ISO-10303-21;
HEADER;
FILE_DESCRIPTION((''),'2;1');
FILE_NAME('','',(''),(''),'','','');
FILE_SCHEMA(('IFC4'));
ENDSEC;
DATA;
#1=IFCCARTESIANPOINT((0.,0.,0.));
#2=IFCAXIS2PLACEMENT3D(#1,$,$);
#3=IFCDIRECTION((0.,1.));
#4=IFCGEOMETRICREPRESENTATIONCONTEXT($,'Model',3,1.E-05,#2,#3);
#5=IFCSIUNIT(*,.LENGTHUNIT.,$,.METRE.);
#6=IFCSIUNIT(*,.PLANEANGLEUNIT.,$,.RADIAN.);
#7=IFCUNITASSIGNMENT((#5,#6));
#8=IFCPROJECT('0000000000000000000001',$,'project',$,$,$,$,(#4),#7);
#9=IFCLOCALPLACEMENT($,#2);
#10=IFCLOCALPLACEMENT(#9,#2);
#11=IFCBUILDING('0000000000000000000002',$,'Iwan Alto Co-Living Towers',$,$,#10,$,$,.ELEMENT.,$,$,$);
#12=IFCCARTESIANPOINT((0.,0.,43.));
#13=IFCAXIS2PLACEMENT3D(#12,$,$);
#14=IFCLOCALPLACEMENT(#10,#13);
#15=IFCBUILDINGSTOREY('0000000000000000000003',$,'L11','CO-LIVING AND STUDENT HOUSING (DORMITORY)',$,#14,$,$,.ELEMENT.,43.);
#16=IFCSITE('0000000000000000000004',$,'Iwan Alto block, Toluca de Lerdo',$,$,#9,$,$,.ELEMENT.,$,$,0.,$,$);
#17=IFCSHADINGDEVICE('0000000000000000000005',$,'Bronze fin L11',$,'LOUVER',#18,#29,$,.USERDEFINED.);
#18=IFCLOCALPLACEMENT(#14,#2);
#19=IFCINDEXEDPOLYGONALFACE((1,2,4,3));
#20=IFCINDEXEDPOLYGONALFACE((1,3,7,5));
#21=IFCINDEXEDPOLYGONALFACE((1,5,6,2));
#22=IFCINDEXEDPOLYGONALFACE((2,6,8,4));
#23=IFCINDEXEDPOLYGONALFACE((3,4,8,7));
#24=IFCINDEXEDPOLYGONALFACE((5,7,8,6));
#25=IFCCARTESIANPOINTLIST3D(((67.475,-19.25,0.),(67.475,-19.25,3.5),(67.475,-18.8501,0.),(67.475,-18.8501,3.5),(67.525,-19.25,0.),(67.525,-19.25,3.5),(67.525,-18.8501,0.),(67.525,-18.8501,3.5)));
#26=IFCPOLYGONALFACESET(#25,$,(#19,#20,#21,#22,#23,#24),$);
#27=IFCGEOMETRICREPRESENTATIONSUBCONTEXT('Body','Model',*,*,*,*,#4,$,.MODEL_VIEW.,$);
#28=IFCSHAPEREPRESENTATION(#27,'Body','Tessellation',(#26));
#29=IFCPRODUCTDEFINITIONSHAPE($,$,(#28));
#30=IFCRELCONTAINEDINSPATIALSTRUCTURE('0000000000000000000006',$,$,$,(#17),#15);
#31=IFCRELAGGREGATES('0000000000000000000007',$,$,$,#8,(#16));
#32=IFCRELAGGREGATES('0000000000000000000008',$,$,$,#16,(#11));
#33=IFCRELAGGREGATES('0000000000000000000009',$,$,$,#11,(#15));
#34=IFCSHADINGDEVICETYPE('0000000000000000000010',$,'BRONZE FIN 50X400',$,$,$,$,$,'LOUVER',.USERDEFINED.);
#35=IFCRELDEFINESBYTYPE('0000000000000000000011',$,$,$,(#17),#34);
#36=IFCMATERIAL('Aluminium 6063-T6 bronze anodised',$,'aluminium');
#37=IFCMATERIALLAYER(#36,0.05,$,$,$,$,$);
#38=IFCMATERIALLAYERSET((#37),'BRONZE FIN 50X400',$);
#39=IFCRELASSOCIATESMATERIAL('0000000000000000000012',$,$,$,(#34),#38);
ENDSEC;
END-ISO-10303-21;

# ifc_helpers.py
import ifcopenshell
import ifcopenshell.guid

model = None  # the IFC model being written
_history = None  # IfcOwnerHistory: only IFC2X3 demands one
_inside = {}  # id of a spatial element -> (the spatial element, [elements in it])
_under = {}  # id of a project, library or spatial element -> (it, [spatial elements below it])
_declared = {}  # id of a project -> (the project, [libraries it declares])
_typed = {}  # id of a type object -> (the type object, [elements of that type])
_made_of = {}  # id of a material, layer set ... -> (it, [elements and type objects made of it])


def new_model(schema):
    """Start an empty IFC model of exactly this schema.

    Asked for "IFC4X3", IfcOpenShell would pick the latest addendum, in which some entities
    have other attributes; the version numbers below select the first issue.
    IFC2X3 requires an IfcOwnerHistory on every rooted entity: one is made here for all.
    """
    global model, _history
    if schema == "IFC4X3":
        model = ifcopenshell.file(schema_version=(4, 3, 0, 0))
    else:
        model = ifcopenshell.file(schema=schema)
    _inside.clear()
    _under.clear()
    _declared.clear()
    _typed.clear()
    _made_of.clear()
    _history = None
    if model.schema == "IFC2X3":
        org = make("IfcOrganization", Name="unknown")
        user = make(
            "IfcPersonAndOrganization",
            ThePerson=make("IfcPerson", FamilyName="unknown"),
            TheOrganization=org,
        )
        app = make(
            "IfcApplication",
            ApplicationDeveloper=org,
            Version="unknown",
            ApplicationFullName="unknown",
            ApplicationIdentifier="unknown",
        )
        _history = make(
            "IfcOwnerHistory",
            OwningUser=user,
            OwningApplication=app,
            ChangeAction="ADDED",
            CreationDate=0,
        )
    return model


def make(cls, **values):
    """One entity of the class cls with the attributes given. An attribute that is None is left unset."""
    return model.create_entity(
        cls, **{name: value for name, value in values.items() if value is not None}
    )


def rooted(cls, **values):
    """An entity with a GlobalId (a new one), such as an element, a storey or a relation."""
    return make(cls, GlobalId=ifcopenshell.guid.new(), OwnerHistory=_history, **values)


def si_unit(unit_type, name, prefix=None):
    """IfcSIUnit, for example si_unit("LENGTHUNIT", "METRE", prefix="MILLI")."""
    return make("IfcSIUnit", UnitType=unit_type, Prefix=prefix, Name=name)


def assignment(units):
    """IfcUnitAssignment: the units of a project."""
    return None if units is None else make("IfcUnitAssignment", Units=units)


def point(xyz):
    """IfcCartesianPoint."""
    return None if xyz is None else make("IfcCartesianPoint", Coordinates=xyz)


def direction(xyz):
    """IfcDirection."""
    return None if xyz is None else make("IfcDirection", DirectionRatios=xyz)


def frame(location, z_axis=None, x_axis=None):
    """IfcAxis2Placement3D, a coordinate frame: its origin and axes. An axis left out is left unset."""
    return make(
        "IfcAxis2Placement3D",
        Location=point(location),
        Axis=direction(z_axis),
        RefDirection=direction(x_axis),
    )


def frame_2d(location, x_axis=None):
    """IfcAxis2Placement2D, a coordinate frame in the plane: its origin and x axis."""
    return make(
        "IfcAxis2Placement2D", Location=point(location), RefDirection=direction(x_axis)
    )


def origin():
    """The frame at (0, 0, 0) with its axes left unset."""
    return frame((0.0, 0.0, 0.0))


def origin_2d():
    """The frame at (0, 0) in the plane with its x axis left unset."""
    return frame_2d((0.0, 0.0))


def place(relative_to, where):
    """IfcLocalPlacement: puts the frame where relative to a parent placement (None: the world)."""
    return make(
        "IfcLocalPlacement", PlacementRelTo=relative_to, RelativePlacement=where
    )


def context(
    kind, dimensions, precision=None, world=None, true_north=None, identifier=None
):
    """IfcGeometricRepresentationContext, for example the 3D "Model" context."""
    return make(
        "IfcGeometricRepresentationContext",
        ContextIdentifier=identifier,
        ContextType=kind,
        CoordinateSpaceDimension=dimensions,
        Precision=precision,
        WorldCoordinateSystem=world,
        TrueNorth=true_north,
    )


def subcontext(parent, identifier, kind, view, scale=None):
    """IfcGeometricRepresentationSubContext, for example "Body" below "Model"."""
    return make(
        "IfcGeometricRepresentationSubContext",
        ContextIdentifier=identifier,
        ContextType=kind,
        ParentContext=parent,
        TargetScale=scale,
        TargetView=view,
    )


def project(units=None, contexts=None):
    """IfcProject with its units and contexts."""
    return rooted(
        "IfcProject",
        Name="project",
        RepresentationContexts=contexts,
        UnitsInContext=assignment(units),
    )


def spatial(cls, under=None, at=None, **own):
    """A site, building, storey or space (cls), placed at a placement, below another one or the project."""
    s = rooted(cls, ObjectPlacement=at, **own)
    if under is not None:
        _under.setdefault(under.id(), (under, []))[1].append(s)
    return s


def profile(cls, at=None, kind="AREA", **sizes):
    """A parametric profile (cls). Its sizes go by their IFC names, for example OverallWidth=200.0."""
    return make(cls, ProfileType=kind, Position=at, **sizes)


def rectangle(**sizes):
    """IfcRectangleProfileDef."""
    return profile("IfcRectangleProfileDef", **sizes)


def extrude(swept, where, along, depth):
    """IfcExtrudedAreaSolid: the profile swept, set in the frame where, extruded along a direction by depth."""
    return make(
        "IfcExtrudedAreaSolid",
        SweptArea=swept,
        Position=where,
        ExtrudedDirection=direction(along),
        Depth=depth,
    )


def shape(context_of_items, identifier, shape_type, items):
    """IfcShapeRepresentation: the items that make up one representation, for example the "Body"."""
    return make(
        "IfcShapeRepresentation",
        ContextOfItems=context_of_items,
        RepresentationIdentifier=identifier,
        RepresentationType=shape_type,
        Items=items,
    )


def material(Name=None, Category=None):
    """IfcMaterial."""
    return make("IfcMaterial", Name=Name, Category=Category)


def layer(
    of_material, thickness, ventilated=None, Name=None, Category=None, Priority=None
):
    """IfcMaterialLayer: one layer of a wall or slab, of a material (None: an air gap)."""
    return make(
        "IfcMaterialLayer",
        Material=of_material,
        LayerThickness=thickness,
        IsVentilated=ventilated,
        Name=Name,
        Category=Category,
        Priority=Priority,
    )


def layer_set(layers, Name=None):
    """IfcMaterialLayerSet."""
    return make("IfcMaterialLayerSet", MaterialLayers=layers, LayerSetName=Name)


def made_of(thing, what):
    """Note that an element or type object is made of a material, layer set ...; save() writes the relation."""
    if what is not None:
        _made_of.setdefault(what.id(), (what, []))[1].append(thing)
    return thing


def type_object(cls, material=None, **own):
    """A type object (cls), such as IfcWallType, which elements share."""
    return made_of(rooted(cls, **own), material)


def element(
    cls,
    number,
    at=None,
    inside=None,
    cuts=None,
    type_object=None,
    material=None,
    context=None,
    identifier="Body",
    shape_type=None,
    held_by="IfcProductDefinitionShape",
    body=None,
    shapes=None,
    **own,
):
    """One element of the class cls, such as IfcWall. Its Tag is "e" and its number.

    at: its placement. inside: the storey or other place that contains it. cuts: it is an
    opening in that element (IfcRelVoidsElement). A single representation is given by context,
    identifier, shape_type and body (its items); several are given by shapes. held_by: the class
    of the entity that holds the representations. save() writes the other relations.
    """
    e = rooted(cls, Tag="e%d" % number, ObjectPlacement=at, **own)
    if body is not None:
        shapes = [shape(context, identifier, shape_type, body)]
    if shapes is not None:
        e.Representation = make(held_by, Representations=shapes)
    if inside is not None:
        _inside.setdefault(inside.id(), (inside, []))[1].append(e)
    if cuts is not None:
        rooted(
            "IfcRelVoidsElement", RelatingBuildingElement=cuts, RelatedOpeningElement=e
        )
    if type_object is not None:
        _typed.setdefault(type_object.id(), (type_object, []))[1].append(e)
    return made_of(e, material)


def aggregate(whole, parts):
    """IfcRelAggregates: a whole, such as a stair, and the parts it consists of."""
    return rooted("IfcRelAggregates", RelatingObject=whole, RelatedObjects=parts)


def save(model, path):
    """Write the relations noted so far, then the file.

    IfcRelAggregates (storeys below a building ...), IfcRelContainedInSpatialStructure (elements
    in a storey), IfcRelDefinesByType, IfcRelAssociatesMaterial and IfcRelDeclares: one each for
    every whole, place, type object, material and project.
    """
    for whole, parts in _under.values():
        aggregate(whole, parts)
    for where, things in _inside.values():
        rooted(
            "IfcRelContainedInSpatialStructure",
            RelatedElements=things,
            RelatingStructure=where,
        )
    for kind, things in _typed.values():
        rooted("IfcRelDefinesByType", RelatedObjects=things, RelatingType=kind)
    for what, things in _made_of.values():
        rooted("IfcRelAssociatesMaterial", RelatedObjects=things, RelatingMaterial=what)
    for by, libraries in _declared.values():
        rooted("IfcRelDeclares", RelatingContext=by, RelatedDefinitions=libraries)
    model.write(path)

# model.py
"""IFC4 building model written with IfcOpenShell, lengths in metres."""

from ifc_helpers import new_model, si_unit, direction, frame, origin, origin_2d, place, context, subcontext, project, spatial, rectangle, extrude, material, layer, layer_set, type_object, element, save


model = new_model("IFC4")

# Units and contexts
model_context = context("Model", 3, precision=1e-05, world=origin(), true_north=direction((0.0, 1.0)))
body_context = subcontext(model_context, "Body", "Model", "MODEL_VIEW")
ifc_project = project(units=[si_unit("LENGTHUNIT", "METRE"), si_unit("PLANEANGLEUNIT", "RADIAN")], contexts=[model_context])

# Site, building, storey
site_placement = place(None, origin())
site = spatial("IfcSite", under=ifc_project, at=site_placement, Name="Iwan Alto block, Toluca de Lerdo", CompositionType="ELEMENT", RefElevation=0.0)
building_placement = place(site_placement, origin())
building = spatial("IfcBuilding", under=site, at=building_placement, Name="Iwan Alto Co-Living Towers", CompositionType="ELEMENT")
storey_placement = place(building_placement, frame((0.0, 0.0, 43.0)))
storey = spatial("IfcBuildingStorey", under=building, at=storey_placement, Name="L11", Description="CO-LIVING AND STUDENT HOUSING (DORMITORY)", CompositionType="ELEMENT", Elevation=43.0)

# Shading device
ifc_material_1 = material(Name="Aluminium 6063-T6 bronze anodised", Category="aluminium")
ifc_layer_1 = layer(ifc_material_1, 0.05)
ifc_layer_set_1 = layer_set([ifc_layer_1], Name="BRONZE FIN 50X400")
shading_device_type = type_object("IfcShadingDeviceType", Name="BRONZE FIN 50X400", ElementType="LOUVER", PredefinedType="USERDEFINED", material=ifc_layer_set_1)
shading_device_placement = place(storey_placement, frame((67.5, -19.05, 0.0), z_axis=(0.0, 0.0, 1.0), x_axis=(1.0, 0.0, 0.0)))
element("IfcShadingDevice", 1, at=shading_device_placement, inside=storey, type_object=shading_device_type, Name="Bronze fin L11", ObjectType="LOUVER", PredefinedType="USERDEFINED", context=body_context, shape_type="SweptSolid", body=[
    extrude(rectangle(XDim=0.05, YDim=0.3999, at=origin_2d()), origin(), (0.0, 0.0, 1.0), 3.5),
])

save(model, "model.ifc")
